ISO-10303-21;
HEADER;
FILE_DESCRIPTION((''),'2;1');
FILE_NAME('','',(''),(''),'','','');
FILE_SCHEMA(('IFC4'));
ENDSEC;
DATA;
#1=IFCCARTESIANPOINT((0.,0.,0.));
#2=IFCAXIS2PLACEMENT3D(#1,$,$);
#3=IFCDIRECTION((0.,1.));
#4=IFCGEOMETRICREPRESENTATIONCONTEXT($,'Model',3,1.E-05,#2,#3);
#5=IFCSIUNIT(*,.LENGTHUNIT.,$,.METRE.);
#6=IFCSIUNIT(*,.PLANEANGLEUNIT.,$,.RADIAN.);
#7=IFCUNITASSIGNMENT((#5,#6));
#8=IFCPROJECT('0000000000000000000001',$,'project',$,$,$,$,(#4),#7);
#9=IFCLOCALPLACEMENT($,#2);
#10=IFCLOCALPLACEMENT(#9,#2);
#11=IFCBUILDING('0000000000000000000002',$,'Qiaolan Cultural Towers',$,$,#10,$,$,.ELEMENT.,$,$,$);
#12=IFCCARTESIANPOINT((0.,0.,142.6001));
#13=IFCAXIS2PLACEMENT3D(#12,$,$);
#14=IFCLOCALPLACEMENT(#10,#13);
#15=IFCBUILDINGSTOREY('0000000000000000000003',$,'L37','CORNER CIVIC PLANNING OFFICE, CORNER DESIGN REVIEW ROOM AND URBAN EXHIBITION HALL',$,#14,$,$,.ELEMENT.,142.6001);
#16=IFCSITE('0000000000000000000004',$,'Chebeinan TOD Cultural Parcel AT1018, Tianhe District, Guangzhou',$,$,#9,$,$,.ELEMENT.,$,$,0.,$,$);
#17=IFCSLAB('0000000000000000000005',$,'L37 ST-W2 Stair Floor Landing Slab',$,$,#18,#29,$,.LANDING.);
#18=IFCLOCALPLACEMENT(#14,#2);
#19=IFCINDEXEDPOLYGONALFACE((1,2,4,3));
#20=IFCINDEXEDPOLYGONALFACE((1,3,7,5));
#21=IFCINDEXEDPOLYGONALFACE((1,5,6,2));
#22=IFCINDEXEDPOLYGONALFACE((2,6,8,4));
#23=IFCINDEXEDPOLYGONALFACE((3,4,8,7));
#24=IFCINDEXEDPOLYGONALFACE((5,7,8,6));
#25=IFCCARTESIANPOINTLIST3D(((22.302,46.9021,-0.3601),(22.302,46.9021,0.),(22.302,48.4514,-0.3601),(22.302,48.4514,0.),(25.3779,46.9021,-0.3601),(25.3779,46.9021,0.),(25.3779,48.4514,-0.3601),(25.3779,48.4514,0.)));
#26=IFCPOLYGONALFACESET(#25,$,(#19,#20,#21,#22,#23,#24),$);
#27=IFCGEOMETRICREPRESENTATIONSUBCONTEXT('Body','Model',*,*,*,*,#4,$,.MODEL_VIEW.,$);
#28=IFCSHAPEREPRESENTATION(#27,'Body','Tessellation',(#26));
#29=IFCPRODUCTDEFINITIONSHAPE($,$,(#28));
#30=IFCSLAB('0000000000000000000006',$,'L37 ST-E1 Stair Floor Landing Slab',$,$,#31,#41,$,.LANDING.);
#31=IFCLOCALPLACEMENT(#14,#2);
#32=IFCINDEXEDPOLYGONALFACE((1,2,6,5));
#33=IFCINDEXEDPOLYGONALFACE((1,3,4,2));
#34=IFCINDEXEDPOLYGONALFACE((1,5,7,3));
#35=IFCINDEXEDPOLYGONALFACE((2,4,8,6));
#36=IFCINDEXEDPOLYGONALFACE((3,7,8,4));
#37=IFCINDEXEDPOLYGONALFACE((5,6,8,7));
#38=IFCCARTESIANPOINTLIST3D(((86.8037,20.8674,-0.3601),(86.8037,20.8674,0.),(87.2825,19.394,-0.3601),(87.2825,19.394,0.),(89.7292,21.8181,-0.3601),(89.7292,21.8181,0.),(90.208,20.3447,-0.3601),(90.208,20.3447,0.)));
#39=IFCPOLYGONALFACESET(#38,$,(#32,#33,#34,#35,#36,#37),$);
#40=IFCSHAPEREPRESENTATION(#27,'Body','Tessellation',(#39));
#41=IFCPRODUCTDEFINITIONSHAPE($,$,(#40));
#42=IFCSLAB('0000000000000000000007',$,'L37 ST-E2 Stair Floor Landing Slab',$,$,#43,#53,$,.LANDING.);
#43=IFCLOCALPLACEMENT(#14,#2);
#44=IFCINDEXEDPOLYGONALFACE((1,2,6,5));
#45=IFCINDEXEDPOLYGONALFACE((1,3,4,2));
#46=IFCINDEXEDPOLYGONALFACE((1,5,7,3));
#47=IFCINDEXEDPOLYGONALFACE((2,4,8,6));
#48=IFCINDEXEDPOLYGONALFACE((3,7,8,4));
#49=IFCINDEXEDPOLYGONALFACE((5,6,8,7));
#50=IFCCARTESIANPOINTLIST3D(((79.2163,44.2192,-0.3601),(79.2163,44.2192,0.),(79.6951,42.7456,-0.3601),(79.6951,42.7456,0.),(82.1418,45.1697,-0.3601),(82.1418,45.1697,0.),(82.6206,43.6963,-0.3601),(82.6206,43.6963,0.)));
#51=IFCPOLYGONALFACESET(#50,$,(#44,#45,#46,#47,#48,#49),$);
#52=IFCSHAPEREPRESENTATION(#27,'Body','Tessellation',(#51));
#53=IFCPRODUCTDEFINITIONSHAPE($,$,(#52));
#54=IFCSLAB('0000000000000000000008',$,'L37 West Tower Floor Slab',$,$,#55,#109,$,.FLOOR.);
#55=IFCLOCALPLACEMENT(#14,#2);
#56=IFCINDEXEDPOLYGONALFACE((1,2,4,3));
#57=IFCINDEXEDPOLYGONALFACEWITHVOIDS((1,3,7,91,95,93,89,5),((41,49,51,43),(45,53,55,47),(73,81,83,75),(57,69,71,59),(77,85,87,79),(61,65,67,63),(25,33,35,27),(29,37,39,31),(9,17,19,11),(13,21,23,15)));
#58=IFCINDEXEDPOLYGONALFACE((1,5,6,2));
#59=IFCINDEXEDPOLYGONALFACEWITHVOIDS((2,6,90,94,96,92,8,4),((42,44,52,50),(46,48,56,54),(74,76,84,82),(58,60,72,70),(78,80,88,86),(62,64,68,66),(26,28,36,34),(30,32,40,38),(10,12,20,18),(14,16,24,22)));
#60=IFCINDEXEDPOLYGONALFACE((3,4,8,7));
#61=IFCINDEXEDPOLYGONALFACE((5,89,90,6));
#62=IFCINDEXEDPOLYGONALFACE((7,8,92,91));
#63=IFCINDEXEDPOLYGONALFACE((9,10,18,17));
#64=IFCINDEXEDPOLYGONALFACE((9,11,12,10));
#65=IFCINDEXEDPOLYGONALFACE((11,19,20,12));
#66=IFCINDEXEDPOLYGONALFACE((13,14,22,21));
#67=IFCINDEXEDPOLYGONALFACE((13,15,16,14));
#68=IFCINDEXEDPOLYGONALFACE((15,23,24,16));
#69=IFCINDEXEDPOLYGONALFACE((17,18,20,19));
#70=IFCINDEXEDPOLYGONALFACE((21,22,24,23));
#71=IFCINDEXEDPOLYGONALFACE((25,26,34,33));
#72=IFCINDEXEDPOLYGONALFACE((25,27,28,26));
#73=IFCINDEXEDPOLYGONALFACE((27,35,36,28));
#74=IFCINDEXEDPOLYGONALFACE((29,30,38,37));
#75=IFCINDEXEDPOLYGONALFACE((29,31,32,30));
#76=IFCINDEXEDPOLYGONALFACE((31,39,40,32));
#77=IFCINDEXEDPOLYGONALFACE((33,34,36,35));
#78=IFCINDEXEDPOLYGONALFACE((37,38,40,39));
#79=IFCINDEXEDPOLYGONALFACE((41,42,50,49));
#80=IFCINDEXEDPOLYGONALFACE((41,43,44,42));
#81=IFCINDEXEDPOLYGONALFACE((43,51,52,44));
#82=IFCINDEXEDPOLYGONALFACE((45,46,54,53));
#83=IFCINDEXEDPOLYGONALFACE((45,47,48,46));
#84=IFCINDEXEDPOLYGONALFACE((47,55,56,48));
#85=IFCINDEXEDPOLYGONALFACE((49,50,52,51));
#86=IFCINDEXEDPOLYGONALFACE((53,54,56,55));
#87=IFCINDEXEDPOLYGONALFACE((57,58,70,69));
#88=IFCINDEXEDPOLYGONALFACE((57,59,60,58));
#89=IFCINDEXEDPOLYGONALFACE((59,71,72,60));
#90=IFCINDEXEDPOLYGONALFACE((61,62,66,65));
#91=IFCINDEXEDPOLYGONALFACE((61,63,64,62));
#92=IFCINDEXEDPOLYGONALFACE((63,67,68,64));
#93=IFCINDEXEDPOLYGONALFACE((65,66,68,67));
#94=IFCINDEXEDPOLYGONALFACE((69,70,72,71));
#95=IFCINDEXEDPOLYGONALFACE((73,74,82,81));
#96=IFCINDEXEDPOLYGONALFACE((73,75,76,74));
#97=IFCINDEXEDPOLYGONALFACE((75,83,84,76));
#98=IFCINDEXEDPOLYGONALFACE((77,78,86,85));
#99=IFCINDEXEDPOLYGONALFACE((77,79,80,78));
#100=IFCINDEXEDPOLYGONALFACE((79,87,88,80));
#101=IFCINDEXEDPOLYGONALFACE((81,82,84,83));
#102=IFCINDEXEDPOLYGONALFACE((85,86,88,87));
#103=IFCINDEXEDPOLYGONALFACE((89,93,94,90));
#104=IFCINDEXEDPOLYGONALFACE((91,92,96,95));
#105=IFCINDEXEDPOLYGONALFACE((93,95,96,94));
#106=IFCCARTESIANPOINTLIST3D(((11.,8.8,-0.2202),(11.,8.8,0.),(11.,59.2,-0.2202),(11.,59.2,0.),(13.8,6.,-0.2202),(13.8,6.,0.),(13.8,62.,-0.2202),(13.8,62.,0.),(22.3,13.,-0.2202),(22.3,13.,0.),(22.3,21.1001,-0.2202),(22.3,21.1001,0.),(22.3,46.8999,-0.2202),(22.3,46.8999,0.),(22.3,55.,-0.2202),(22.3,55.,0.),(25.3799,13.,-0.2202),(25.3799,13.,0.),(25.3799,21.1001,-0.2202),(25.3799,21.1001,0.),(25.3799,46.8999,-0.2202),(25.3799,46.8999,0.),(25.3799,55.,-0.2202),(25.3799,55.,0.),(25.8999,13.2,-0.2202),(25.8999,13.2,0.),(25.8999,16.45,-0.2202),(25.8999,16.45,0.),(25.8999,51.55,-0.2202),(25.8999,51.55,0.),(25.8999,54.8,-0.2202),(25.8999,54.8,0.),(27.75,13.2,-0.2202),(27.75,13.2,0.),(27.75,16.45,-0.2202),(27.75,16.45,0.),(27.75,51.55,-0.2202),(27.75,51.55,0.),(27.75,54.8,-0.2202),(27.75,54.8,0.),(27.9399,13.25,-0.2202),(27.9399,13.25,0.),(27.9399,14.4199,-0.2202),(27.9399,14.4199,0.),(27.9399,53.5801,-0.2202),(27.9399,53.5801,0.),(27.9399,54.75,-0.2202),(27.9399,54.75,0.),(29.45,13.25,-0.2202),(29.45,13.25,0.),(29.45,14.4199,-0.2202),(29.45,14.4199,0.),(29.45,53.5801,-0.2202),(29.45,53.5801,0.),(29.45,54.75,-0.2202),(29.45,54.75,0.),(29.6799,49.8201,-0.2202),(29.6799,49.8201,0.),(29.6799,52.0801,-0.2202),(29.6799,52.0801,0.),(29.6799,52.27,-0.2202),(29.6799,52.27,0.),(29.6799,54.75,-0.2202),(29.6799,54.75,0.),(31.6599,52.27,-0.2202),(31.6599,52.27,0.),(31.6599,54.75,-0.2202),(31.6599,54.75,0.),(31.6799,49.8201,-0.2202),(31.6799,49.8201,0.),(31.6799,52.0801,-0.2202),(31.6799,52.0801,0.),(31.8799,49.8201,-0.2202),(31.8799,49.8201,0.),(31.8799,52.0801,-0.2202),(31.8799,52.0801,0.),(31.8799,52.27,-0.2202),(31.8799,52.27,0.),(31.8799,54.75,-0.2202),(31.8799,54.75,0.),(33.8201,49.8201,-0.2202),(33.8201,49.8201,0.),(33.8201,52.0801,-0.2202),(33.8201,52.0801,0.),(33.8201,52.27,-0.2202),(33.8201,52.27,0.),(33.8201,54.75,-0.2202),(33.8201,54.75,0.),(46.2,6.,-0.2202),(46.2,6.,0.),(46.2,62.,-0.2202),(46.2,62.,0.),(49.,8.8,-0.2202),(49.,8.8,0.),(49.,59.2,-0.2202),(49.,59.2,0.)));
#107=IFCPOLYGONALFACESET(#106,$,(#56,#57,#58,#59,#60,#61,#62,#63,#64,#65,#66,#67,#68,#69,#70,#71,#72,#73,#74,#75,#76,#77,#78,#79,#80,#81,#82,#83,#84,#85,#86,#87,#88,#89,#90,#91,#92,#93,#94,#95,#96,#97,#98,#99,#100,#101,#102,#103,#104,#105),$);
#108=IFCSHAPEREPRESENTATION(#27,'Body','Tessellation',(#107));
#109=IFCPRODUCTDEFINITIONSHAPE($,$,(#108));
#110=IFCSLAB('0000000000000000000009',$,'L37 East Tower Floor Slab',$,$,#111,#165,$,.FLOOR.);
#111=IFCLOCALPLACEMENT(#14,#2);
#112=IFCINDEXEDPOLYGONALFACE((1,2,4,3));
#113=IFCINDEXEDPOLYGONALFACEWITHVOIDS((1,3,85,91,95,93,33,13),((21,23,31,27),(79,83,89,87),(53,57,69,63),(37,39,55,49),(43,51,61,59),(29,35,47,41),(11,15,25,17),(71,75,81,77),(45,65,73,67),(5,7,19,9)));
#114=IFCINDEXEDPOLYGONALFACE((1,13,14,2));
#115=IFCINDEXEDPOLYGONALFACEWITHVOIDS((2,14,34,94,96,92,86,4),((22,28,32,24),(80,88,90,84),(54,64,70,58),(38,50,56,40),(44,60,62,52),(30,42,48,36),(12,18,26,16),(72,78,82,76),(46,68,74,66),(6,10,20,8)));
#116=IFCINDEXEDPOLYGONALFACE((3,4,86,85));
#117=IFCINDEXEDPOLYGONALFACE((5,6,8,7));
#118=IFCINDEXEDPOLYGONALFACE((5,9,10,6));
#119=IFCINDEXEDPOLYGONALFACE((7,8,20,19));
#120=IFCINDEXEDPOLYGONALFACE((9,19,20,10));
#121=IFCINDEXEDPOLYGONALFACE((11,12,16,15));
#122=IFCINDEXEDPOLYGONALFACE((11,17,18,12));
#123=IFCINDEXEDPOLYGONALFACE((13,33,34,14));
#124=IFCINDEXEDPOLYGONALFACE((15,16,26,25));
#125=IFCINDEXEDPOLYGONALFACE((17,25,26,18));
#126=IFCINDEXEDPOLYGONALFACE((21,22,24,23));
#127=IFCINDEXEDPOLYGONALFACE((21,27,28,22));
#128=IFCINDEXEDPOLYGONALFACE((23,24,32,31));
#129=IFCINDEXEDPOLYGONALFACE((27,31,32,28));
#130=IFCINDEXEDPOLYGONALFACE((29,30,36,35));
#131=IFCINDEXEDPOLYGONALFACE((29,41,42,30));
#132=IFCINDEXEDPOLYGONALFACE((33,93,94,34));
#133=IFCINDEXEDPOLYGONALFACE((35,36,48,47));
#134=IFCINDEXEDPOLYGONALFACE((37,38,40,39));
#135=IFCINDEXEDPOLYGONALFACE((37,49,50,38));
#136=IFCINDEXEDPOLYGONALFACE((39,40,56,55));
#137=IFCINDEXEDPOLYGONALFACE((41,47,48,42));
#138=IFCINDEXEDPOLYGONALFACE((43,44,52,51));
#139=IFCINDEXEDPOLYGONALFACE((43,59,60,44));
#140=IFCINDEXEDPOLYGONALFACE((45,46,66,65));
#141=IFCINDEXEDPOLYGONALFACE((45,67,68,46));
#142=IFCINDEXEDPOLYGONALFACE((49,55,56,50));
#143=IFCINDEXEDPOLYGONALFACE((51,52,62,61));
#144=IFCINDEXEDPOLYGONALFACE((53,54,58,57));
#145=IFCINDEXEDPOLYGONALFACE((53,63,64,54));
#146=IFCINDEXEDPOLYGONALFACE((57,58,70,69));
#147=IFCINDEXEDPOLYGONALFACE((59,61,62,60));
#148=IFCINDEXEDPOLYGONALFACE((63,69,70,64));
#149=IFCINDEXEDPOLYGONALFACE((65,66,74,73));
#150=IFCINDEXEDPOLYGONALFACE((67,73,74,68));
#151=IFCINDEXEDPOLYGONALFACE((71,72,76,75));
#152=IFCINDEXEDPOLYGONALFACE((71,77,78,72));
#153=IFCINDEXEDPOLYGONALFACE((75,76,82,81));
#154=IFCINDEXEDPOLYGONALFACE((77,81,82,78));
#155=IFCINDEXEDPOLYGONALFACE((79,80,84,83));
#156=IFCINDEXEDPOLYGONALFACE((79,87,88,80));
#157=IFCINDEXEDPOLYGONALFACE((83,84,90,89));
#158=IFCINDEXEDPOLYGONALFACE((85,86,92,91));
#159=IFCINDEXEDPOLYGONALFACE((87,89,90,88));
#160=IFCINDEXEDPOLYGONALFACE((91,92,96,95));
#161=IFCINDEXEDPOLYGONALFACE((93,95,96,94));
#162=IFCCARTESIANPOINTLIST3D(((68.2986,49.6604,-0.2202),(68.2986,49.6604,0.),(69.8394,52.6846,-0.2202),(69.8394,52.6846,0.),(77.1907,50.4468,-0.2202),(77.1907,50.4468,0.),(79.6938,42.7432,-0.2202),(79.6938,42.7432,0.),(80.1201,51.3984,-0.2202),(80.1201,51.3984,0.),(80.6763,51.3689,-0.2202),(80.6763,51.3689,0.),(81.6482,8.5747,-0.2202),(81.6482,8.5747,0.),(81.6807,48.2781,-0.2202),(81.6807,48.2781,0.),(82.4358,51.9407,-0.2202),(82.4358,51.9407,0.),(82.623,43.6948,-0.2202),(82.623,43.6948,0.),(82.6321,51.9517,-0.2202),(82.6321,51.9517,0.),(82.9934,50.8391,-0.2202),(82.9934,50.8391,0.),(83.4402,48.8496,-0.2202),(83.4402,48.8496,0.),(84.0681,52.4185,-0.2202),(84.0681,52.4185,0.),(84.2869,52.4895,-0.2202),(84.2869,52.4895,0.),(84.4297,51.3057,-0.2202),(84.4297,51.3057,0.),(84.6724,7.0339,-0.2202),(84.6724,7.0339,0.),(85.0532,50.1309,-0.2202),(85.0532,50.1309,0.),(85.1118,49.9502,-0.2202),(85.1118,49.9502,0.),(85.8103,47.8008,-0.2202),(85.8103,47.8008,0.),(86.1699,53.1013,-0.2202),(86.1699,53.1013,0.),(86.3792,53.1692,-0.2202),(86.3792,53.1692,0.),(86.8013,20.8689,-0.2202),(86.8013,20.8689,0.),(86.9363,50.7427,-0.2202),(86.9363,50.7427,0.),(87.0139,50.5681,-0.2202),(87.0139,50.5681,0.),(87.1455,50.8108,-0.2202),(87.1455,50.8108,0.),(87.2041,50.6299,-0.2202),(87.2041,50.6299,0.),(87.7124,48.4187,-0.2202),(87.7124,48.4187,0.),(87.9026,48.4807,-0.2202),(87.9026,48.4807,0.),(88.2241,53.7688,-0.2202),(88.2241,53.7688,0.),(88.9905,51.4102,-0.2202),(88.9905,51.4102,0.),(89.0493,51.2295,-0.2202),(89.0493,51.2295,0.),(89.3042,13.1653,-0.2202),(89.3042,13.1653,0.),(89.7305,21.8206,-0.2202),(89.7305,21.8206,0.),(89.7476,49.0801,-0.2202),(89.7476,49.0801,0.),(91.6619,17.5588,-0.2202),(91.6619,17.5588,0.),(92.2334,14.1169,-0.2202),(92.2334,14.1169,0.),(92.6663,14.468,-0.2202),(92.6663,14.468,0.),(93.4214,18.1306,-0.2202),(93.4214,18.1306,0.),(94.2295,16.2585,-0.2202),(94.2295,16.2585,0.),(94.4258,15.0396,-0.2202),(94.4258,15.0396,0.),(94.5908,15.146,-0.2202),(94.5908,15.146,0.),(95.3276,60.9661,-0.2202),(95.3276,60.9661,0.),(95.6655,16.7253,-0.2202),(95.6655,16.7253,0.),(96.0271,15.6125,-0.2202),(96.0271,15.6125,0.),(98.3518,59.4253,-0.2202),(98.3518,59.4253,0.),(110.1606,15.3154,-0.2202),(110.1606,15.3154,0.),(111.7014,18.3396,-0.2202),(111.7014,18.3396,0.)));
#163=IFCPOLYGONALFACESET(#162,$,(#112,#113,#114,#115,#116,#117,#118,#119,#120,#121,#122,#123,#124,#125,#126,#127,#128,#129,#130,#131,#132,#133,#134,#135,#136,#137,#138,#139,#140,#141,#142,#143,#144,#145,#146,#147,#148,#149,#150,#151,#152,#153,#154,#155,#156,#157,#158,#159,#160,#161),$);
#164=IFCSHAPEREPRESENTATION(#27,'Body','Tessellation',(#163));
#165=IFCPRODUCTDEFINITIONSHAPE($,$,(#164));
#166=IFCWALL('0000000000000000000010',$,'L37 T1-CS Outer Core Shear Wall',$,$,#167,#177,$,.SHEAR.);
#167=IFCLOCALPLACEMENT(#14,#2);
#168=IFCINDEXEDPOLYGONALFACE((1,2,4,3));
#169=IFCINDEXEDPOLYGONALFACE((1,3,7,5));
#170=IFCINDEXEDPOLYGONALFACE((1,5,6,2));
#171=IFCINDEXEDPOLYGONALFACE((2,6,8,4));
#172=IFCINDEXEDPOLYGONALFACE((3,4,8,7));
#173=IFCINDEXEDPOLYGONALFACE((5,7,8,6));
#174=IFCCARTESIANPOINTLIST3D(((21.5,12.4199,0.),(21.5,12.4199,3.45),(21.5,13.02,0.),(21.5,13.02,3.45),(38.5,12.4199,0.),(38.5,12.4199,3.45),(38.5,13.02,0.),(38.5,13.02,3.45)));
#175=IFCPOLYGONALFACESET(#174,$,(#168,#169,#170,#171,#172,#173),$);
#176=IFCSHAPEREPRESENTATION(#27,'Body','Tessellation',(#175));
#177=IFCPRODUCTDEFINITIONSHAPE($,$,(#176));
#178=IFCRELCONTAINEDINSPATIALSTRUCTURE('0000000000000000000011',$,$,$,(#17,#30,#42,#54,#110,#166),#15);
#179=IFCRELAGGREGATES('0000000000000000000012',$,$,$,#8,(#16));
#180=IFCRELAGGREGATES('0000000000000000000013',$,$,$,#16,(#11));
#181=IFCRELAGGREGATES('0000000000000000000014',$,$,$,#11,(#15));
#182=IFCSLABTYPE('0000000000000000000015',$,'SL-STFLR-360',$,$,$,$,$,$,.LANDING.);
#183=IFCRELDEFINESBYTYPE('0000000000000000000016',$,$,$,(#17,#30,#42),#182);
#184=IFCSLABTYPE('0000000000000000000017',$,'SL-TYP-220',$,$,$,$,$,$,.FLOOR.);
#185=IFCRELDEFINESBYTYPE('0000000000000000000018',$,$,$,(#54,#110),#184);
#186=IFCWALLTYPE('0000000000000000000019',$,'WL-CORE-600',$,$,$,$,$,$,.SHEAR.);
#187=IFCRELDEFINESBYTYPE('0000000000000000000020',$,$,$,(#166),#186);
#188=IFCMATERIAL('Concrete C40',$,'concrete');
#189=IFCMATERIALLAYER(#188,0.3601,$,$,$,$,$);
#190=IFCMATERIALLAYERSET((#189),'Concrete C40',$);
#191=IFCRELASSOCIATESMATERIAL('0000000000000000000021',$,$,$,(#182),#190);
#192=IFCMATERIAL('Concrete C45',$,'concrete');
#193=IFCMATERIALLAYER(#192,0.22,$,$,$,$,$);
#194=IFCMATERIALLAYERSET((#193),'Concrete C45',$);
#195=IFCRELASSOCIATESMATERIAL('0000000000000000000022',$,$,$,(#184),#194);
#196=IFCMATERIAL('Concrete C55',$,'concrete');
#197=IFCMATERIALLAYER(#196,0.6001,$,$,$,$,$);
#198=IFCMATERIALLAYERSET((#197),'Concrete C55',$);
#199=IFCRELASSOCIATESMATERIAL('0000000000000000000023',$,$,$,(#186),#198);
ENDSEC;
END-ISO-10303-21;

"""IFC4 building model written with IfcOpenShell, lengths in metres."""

from ifc_helpers import new_model, si_unit, direction, frame, frame_2d, origin, place, context, subcontext, project, spatial, polyline, rectangle, outline, extrude, material, layer, layer_set, type_object, element, save


model = new_model("IFC4")

# Units and contexts
model_context = context("Model", 3, precision=1e-05, world=origin(), true_north=direction((0.0, 1.0)))
body_context = subcontext(model_context, "Body", "Model", "MODEL_VIEW")
ifc_project = project(units=[si_unit("LENGTHUNIT", "METRE"), si_unit("PLANEANGLEUNIT", "RADIAN")], contexts=[model_context])

# Site, building, storey
site_placement = place(None, origin())
site = spatial("IfcSite", under=ifc_project, at=site_placement, Name="Chebeinan TOD Cultural Parcel AT1018, Tianhe District, Guangzhou", CompositionType="ELEMENT", RefElevation=0.0)
building_placement = place(site_placement, origin())
building = spatial("IfcBuilding", under=site, at=building_placement, Name="Qiaolan Cultural Towers", CompositionType="ELEMENT")
storey_placement = place(building_placement, frame((0.0, 0.0, 142.6001)))
storey = spatial("IfcBuildingStorey", under=building, at=storey_placement, Name="L37", Description="CORNER CIVIC PLANNING OFFICE, CORNER DESIGN REVIEW ROOM AND URBAN EXHIBITION HALL", CompositionType="ELEMENT", Elevation=142.6001)

# Slabs
ifc_material_1 = material(Name="Concrete C40", Category="concrete")
ifc_layer_1 = layer(ifc_material_1, 0.3601)
ifc_layer_set_1 = layer_set([ifc_layer_1], Name="Concrete C40")
slab_type_1 = type_object("IfcSlabType", Name="SL-STFLR-360", PredefinedType="LANDING", material=ifc_layer_set_1)
slab_1_placement = place(storey_placement, frame((0.0, 0.0, -0.3601)))
element("IfcSlab", 1, at=slab_1_placement, inside=storey, type_object=slab_type_1, Name="L37 ST-W2 Stair Floor Landing Slab", PredefinedType="LANDING", context=body_context, shape_type="SweptSolid", body=[
    extrude(outline(polyline([(25.3779, 46.9021), (25.3779, 48.4514), (22.302, 48.4514), (22.302, 46.9021), (25.3779, 46.9021)])), origin(), (0.0, 0.0, 1.0), 0.3601),
])
slab_2_placement = place(storey_placement, frame((0.0, 0.0, -0.3601)))
element("IfcSlab", 2, at=slab_2_placement, inside=storey, type_object=slab_type_1, Name="L37 ST-E1 Stair Floor Landing Slab", PredefinedType="LANDING", context=body_context, shape_type="SweptSolid", body=[
    extrude(outline(polyline([(86.8037, 20.8674), (87.2825, 19.394), (90.208, 20.3447), (89.7292, 21.8181), (86.8037, 20.8674)])), origin(), (0.0, 0.0, 1.0), 0.3601),
])
slab_3_placement = place(storey_placement, frame((0.0, 0.0, -0.3601)))
element("IfcSlab", 3, at=slab_3_placement, inside=storey, type_object=slab_type_1, Name="L37 ST-E2 Stair Floor Landing Slab", PredefinedType="LANDING", context=body_context, shape_type="SweptSolid", body=[
    extrude(outline(polyline([(82.6206, 43.6963), (82.1418, 45.1697), (79.2163, 44.2192), (79.6951, 42.7456), (82.6206, 43.6963)])), origin(), (0.0, 0.0, 1.0), 0.3601),
])
ifc_material_2 = material(Name="Concrete C45", Category="concrete")
ifc_layer_2 = layer(ifc_material_2, 0.22)
ifc_layer_set_2 = layer_set([ifc_layer_2], Name="Concrete C45")
slab_type_2 = type_object("IfcSlabType", Name="SL-TYP-220", PredefinedType="FLOOR", material=ifc_layer_set_2)
slab_4_placement = place(storey_placement, frame((0.0, 0.0, -0.2202)))
element("IfcSlab", 4, at=slab_4_placement, inside=storey, type_object=slab_type_2, Name="L37 West Tower Floor Slab", PredefinedType="FLOOR", context=body_context, shape_type="SweptSolid", body=[
    extrude(outline(polyline([(13.8, 6.0), (46.2, 6.0), (49.0, 8.8), (49.0, 59.2), (46.2, 62.0), (13.8, 62.0), (11.0, 59.2), (11.0, 8.8), (13.8, 6.0)]), holes=[polyline([(22.3, 21.1001), (22.3, 13.0), (25.3799, 13.0), (25.3799, 21.1001), (22.3, 21.1001)]), polyline([(25.3799, 46.8999), (25.3799, 55.0), (22.3, 55.0), (22.3, 46.8999), (25.3799, 46.8999)]), polyline([(25.8999, 13.2), (27.75, 13.2), (27.75, 16.45), (25.8999, 16.45), (25.8999, 13.2)]), polyline([(27.9399, 13.25), (29.45, 13.25), (29.45, 14.4199), (27.9399, 14.4199), (27.9399, 13.25)]), polyline([(25.8999, 51.55), (27.75, 51.55), (27.75, 54.8), (25.8999, 54.8), (25.8999, 51.55)]), polyline([(27.9399, 53.5801), (29.45, 53.5801), (29.45, 54.75), (27.9399, 54.75), (27.9399, 53.5801)]), polyline([(29.6799, 49.8201), (31.6799, 49.8201), (31.6799, 52.0801), (29.6799, 52.0801), (29.6799, 49.8201)]), polyline([(31.8799, 49.8201), (33.8201, 49.8201), (33.8201, 52.0801), (31.8799, 52.0801), (31.8799, 49.8201)]), polyline([(29.6799, 52.27), (31.6599, 52.27), (31.6599, 54.75), (29.6799, 54.75), (29.6799, 52.27)]), polyline([(31.8799, 52.27), (33.8201, 52.27), (33.8201, 54.75), (31.8799, 54.75), (31.8799, 52.27)])]), origin(), (0.0, 0.0, 1.0), 0.2202),
])
slab_5_placement = place(storey_placement, frame((0.0, 0.0, -0.2202)))
element("IfcSlab", 5, at=slab_5_placement, inside=storey, type_object=slab_type_2, Name="L37 East Tower Floor Slab", PredefinedType="FLOOR", context=body_context, shape_type="SweptSolid", body=[
    extrude(outline(polyline([(84.6724, 7.0339), (110.1606, 15.3154), (111.7014, 18.3396), (98.3518, 59.4253), (95.3276, 60.9661), (69.8394, 52.6846), (68.2986, 49.6604), (81.6482, 8.5747), (84.6724, 7.0339)]), holes=[polyline([(86.8013, 20.8689), (89.3042, 13.1653), (92.2334, 14.1169), (89.7305, 21.8206), (86.8013, 20.8689)]), polyline([(82.623, 43.6948), (80.1201, 51.3984), (77.1907, 50.4468), (79.6938, 42.7432), (82.623, 43.6948)]), polyline([(92.6663, 14.468), (94.4258, 15.0396), (93.4214, 18.1306), (91.6619, 17.5588), (92.6663, 14.468)]), polyline([(94.5908, 15.146), (96.0271, 15.6125), (95.6655, 16.7253), (94.2295, 16.2585), (94.5908, 15.146)]), polyline([(81.6807, 48.2781), (83.4402, 48.8496), (82.4358, 51.9407), (80.6763, 51.3689), (81.6807, 48.2781)]), polyline([(82.9934, 50.8391), (84.4297, 51.3057), (84.0681, 52.4185), (82.6321, 51.9517), (82.9934, 50.8391)]), polyline([(85.8103, 47.8008), (87.7124, 48.4187), (87.0139, 50.5681), (85.1118, 49.9502), (85.8103, 47.8008)]), polyline([(87.9026, 48.4807), (89.7476, 49.0801), (89.0493, 51.2295), (87.2041, 50.6299), (87.9026, 48.4807)]), polyline([(85.0532, 50.1309), (86.9363, 50.7427), (86.1699, 53.1013), (84.2869, 52.4895), (85.0532, 50.1309)]), polyline([(87.1455, 50.8108), (88.9905, 51.4102), (88.2241, 53.7688), (86.3792, 53.1692), (87.1455, 50.8108)])]), origin(), (0.0, 0.0, 1.0), 0.2202),
])

# Wall
ifc_material_3 = material(Name="Concrete C55", Category="concrete")
ifc_layer_3 = layer(ifc_material_3, 0.6001)
ifc_layer_set_3 = layer_set([ifc_layer_3], Name="Concrete C55")
wall_type_1 = type_object("IfcWallType", Name="WL-CORE-600", PredefinedType="SHEAR", material=ifc_layer_set_3)
wall_1_placement = place(storey_placement, frame((21.5, 12.72, 0.0), z_axis=(0.0, 0.0, 1.0), x_axis=(1.0, 0.0, 0.0)))
element("IfcWall", 6, at=wall_1_placement, inside=storey, type_object=wall_type_1, Name="L37 T1-CS Outer Core Shear Wall", PredefinedType="SHEAR", context=body_context, shape_type="SweptSolid", body=[
    extrude(rectangle(XDim=17.0, YDim=0.6001, at=frame_2d((8.5, 0.0))), origin(), (0.0, 0.0, 1.0), 3.45),
])

save(model, "model.ifc")
